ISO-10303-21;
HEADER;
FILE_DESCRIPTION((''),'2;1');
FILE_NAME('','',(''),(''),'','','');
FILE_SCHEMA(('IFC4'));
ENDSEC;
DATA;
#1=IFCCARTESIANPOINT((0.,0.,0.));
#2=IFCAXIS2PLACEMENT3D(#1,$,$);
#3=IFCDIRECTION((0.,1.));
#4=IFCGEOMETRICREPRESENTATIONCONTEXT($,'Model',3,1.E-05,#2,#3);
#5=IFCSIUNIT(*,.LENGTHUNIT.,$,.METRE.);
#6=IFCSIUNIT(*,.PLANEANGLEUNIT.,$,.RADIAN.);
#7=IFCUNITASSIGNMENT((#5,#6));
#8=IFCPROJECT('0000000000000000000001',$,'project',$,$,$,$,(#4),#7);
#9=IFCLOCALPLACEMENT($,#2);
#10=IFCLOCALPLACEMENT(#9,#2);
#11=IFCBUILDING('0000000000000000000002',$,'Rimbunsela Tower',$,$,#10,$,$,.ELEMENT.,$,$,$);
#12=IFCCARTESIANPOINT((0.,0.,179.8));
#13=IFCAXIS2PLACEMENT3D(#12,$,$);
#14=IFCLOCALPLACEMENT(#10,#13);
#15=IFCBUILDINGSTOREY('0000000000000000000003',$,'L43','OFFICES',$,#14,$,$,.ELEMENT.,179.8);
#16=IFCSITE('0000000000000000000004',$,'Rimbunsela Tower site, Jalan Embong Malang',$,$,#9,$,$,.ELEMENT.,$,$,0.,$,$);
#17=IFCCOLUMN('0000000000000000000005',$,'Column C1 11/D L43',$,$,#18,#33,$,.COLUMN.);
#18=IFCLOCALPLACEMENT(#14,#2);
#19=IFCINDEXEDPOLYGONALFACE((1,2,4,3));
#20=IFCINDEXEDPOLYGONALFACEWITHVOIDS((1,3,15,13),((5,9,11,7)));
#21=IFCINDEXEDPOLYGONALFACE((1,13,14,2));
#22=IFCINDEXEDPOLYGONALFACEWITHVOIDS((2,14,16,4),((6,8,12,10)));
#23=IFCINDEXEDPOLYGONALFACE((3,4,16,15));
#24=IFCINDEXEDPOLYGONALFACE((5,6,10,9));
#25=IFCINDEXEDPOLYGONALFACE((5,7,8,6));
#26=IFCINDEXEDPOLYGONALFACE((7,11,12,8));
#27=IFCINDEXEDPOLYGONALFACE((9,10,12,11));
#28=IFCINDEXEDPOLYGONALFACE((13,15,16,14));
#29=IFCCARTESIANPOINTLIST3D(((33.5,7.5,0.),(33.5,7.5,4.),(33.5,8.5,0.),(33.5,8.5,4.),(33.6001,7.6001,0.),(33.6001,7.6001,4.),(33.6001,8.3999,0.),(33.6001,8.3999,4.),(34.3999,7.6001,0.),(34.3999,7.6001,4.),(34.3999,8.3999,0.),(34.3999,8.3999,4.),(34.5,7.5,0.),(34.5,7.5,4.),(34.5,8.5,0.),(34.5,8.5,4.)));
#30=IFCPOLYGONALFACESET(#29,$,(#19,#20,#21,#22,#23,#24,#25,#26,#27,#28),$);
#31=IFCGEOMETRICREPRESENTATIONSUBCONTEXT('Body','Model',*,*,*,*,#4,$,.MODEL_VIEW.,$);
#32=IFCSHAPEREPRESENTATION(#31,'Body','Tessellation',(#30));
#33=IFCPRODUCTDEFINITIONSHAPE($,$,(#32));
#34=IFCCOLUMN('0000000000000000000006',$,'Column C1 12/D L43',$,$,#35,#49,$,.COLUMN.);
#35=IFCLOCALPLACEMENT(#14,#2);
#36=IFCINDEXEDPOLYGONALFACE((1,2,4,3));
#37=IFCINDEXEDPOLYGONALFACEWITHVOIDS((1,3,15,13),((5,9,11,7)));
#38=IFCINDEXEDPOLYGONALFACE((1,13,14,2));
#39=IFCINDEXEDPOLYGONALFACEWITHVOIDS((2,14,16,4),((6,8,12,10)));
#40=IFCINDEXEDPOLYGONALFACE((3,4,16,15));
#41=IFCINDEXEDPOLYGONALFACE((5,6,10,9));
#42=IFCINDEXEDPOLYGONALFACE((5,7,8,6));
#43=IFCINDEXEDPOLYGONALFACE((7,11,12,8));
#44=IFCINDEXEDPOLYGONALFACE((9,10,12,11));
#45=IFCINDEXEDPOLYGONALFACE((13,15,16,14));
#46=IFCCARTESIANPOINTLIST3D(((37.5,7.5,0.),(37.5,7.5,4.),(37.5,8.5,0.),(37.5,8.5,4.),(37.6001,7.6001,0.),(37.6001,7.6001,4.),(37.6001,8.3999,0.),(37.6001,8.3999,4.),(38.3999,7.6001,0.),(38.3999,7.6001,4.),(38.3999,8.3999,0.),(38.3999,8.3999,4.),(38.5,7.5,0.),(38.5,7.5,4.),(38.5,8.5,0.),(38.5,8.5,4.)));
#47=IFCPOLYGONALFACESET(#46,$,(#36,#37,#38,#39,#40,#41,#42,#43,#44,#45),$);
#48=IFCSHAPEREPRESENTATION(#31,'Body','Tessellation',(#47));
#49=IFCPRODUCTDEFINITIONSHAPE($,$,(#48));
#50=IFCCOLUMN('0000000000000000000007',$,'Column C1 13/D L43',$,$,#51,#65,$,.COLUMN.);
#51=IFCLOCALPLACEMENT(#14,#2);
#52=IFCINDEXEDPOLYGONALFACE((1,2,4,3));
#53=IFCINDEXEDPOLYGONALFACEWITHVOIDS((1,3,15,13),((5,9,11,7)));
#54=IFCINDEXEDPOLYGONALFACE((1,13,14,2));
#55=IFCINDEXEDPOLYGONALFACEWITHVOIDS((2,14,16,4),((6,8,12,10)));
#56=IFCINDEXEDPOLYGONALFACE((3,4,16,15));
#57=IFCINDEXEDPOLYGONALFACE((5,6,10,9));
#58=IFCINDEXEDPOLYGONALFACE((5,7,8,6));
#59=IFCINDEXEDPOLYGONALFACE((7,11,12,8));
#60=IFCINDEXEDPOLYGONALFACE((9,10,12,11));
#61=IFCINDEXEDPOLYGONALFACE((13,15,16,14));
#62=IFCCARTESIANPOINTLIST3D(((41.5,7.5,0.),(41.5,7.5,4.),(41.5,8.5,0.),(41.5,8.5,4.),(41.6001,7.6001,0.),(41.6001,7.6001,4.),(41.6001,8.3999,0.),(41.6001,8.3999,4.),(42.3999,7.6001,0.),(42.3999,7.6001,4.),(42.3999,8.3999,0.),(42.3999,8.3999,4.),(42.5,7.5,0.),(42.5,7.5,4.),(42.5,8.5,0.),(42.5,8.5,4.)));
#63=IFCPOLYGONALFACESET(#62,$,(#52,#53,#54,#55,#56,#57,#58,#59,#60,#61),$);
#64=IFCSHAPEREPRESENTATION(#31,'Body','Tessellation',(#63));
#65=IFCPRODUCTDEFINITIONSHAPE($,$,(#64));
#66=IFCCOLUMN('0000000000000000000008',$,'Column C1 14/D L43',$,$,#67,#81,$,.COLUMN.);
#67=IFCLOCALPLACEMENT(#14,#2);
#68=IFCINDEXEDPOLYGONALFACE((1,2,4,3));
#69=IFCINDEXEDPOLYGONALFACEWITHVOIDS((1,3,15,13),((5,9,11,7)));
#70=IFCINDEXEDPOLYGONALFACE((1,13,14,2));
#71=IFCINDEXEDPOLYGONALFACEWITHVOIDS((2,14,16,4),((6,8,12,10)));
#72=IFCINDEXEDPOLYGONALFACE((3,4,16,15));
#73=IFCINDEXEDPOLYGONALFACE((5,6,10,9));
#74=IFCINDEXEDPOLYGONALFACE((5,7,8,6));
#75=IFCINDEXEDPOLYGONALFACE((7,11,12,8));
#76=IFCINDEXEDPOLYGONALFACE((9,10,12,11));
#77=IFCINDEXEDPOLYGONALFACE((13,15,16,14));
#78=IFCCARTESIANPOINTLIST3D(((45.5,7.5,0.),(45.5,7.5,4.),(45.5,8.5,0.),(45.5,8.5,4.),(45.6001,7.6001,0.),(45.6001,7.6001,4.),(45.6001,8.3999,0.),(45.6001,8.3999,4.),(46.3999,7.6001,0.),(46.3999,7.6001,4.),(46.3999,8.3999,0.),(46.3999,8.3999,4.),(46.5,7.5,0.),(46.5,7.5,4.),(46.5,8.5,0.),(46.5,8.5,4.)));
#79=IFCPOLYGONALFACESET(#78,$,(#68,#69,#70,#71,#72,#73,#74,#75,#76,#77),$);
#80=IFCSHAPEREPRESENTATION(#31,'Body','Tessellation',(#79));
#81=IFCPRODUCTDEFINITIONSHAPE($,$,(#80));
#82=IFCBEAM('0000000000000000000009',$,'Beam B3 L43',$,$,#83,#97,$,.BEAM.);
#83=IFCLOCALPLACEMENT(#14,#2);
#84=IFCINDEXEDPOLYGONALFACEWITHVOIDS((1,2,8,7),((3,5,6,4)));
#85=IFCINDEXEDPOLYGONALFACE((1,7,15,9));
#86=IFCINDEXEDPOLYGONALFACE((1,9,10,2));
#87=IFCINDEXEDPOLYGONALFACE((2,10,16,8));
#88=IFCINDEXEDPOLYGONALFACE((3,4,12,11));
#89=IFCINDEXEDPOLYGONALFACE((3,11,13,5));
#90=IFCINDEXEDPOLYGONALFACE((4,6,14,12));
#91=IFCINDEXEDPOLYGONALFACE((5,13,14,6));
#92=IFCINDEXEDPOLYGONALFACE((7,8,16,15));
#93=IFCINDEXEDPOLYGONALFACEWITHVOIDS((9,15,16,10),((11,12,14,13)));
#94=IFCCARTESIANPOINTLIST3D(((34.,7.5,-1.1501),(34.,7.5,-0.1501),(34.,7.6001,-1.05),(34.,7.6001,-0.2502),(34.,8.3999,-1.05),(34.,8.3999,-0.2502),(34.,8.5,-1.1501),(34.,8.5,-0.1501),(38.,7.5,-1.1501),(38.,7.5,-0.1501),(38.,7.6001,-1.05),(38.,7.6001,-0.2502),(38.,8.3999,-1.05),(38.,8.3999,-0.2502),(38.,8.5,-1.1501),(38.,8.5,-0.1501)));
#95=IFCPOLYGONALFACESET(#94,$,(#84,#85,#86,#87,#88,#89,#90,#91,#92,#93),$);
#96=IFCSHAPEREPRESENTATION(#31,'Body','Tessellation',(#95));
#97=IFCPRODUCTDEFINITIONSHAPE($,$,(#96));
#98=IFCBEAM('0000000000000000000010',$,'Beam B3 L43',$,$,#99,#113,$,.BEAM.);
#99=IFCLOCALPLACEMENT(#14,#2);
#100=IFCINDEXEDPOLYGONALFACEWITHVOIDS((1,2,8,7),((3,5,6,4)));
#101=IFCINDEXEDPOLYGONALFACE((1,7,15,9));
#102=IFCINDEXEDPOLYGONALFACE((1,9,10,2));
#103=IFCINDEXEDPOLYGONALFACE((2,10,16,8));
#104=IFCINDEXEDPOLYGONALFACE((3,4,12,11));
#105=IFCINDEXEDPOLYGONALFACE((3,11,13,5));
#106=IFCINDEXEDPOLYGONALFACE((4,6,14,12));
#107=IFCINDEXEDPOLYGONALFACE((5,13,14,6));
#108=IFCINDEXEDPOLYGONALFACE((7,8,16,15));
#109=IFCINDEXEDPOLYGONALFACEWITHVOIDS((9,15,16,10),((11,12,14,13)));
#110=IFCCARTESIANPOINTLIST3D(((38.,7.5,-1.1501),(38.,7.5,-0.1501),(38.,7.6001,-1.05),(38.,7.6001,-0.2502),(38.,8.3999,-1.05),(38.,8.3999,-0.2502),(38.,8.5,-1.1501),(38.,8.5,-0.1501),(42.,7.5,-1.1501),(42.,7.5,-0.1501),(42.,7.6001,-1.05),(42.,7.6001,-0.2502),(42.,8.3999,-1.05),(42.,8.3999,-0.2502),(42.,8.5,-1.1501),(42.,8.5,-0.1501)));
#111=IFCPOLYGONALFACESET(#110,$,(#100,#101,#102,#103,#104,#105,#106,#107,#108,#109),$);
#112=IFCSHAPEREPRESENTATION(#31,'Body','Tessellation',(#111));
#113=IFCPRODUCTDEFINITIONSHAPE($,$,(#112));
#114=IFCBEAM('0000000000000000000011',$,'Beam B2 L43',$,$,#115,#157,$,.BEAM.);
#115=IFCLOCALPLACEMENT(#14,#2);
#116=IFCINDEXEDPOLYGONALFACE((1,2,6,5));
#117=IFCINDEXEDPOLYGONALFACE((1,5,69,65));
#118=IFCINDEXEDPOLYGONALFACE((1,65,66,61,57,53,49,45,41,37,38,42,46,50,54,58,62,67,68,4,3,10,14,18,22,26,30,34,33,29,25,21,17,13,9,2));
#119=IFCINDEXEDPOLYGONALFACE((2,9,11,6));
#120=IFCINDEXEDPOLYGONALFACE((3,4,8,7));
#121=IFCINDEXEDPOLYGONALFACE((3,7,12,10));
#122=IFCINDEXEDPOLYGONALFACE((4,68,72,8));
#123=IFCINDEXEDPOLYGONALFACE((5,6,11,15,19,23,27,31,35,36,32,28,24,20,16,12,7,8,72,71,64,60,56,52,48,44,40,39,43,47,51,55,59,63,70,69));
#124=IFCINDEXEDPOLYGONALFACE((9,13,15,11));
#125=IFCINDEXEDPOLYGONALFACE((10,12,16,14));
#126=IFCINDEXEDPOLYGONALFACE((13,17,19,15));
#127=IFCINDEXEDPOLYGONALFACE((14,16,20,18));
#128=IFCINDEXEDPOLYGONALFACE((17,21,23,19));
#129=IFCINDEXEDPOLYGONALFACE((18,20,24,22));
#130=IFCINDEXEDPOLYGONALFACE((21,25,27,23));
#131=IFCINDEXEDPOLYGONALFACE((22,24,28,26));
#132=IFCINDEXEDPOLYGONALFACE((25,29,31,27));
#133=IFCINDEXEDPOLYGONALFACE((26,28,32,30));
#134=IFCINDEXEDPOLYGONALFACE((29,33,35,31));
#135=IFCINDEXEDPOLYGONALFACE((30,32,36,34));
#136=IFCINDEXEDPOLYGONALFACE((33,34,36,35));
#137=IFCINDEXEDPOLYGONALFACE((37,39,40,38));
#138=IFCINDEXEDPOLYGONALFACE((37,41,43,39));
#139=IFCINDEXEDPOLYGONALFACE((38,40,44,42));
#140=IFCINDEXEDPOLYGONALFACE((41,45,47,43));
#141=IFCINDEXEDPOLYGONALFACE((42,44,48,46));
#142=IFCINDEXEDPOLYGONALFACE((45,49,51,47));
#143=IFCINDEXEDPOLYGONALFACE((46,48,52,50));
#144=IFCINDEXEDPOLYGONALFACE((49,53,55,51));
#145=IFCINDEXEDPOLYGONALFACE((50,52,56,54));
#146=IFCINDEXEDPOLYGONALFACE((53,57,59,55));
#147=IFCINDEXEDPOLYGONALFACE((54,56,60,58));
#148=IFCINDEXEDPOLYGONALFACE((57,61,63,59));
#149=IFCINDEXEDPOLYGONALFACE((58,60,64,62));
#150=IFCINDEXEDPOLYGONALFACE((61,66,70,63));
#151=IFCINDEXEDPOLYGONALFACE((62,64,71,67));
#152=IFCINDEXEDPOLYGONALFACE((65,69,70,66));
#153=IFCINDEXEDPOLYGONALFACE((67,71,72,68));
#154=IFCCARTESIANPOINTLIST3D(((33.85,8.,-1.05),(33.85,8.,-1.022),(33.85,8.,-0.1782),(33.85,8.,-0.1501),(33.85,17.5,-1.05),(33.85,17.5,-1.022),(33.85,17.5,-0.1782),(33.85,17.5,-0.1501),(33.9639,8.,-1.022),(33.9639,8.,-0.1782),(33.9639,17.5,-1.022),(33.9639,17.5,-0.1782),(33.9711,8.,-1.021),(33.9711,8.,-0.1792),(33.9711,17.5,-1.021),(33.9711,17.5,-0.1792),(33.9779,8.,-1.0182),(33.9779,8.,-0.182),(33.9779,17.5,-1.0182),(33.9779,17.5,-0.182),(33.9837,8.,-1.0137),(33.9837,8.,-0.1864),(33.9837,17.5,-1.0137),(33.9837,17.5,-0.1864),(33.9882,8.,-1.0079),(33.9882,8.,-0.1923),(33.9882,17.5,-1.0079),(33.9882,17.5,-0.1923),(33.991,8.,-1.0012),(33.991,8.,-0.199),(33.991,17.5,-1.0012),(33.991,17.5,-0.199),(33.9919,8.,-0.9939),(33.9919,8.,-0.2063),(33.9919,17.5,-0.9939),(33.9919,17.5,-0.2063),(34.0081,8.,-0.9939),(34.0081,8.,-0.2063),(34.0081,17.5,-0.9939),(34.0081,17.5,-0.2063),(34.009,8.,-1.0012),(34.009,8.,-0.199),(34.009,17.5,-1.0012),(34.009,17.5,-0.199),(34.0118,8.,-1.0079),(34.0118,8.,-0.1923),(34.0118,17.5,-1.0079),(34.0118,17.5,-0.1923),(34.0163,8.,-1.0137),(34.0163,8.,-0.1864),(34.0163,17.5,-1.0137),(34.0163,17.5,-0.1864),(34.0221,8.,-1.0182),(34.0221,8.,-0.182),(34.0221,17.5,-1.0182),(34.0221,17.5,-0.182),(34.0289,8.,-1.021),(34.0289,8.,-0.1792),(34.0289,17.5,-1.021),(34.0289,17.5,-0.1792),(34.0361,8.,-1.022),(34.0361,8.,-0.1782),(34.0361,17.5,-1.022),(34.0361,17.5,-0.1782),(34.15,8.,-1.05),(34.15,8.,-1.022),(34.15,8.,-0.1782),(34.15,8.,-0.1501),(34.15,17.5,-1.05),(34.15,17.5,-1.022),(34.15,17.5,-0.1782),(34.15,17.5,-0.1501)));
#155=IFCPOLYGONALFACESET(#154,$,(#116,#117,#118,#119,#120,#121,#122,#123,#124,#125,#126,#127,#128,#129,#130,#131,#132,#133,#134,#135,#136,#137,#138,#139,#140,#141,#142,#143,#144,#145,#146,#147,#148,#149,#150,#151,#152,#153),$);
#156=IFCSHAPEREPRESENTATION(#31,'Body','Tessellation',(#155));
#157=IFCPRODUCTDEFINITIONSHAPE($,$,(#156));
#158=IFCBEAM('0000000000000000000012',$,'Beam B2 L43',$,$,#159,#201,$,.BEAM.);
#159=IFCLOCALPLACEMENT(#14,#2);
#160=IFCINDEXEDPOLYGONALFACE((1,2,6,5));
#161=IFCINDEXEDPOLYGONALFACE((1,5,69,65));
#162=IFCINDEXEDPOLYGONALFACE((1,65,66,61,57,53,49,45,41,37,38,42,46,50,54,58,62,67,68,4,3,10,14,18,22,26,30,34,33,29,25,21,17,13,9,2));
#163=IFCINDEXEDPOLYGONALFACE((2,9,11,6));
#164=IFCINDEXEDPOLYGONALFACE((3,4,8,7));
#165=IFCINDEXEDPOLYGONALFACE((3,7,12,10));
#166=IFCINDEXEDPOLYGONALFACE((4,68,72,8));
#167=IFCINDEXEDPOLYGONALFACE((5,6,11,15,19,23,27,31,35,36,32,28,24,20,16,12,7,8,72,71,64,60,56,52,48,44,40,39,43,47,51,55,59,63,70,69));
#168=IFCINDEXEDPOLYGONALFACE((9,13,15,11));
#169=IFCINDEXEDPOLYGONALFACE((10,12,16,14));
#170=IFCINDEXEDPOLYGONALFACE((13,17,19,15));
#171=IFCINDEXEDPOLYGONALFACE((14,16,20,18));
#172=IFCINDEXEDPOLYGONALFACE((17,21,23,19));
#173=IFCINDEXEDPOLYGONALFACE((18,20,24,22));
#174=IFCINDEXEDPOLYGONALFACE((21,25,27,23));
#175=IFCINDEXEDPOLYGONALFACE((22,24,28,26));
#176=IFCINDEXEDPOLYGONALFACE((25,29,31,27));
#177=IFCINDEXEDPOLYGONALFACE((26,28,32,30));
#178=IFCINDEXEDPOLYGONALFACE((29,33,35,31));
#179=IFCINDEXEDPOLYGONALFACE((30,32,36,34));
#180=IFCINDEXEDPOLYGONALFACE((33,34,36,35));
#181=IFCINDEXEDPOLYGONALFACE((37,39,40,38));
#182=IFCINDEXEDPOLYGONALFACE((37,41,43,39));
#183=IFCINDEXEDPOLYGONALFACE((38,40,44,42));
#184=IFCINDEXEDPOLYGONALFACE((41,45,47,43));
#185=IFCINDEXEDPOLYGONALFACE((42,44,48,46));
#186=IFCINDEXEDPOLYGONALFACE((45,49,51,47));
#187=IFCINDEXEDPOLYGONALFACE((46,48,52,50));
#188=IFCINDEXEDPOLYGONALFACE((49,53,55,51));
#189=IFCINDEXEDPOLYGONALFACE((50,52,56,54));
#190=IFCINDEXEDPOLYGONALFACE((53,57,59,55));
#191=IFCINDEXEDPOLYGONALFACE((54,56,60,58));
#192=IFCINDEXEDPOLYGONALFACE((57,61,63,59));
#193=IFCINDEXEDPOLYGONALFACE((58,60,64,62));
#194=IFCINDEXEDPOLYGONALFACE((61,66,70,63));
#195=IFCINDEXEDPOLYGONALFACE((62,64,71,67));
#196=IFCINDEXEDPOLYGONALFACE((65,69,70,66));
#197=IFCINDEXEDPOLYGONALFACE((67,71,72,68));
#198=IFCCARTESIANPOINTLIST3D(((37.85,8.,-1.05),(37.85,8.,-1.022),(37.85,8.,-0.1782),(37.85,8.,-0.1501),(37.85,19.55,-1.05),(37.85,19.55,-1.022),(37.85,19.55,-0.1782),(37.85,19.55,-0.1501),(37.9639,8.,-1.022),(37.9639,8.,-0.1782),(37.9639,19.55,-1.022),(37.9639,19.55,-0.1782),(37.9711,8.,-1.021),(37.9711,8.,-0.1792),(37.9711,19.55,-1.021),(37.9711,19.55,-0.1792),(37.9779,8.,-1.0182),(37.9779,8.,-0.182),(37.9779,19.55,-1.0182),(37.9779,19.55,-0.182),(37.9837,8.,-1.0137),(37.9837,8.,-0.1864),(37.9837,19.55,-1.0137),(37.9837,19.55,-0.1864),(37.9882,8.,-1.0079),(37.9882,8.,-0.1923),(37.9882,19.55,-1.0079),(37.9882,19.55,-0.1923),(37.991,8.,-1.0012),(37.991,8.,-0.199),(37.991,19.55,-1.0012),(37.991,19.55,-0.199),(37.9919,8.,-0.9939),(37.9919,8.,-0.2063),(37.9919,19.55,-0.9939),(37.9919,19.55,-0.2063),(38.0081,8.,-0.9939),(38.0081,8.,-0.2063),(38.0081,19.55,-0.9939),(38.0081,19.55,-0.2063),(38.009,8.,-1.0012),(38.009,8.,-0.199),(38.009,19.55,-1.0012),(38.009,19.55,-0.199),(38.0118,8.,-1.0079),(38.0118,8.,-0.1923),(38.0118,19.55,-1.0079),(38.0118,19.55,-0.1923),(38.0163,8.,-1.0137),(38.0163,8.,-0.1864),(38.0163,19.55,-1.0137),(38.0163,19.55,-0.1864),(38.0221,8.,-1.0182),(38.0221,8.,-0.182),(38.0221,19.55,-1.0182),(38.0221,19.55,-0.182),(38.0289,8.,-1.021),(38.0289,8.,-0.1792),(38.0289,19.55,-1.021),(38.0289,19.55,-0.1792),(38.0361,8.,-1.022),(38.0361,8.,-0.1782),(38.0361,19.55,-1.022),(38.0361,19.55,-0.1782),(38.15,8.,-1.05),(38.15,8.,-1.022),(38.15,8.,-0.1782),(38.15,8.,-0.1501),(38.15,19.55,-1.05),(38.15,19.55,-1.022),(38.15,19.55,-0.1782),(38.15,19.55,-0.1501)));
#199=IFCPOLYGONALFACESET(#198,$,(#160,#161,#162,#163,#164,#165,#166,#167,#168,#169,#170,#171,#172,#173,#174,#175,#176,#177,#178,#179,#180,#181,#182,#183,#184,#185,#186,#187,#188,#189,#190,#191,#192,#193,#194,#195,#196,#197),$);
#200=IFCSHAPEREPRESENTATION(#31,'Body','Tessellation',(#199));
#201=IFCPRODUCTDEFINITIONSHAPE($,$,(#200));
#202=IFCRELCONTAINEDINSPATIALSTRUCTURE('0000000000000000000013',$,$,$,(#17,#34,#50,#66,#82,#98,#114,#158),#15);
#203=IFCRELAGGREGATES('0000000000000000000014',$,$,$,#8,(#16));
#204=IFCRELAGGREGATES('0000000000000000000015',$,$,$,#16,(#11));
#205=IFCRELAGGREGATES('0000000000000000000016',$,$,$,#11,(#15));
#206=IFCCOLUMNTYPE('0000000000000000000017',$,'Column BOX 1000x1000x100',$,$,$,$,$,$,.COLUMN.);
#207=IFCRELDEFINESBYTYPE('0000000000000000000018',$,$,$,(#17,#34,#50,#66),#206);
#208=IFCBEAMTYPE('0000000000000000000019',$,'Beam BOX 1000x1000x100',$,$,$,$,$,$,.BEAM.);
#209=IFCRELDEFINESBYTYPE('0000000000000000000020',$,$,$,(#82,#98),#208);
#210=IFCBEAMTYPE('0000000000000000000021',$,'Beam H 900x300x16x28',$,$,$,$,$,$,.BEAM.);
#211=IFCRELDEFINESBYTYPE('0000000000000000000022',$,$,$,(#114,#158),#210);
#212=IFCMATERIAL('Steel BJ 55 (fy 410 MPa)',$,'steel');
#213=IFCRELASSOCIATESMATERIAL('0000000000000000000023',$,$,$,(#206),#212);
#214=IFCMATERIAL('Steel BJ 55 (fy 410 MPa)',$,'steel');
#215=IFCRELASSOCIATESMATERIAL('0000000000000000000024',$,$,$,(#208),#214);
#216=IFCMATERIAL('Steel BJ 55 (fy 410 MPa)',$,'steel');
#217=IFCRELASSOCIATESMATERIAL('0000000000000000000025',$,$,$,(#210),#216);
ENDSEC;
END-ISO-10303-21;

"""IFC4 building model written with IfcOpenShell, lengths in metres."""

from ifc_helpers import new_model, si_unit, direction, frame, origin, origin_2d, place, context, subcontext, project, spatial, hollow_rectangle, i_section, extrude, material, material_profile, profile_set, type_object, element, save


model = new_model("IFC4")

# Units and contexts
model_context = context("Model", 3, precision=1e-05, world=origin(), true_north=direction((0.0, 1.0)))
body_context = subcontext(model_context, "Body", "Model", "MODEL_VIEW")
ifc_project = project(units=[si_unit("LENGTHUNIT", "METRE"), si_unit("PLANEANGLEUNIT", "RADIAN")], contexts=[model_context])

# Site, building, storey
site_placement = place(None, origin())
site = spatial("IfcSite", under=ifc_project, at=site_placement, Name="Rimbunsela Tower site, Jalan Embong Malang", CompositionType="ELEMENT", RefElevation=0.0)
building_placement = place(site_placement, origin())
building = spatial("IfcBuilding", under=site, at=building_placement, Name="Rimbunsela Tower", CompositionType="ELEMENT")
storey_placement = place(building_placement, frame((0.0, 0.0, 179.8)))
storey = spatial("IfcBuildingStorey", under=building, at=storey_placement, Name="L43", Description="OFFICES", CompositionType="ELEMENT", Elevation=179.8)

# Columns
ifc_material_1 = material(Name="Steel BJ 55 (fy 410 MPa)", Category="steel")
ifc_material_profile_1 = material_profile(ifc_material_1, hollow_rectangle(XDim=1.0, YDim=1.0, WallThickness=0.1001, at=origin_2d()), Name="BOX 1000x1000x100")
ifc_profile_set_1 = profile_set([ifc_material_profile_1], Name="Steel BJ 55 (fy 410 MPa)")
column_type = type_object("IfcColumnType", Name="Column BOX 1000x1000x100", PredefinedType="COLUMN", material=ifc_profile_set_1)
for number, where, z_axis, x_axis, name in (
    (1, (34.0, 8.0, 0.0), (0.0, 0.0, 1.0), (1.0, 0.0, 0.0), "Column C1 11/D L43"),
    (2, (38.0, 8.0, 0.0), (0.0, 0.0, 1.0), (1.0, 0.0, 0.0), "Column C1 12/D L43"),
    (3, (42.0, 8.0, 0.0), (0.0, 0.0, 1.0), (1.0, 0.0, 0.0), "Column C1 13/D L43"),
    (4, (46.0, 8.0, 0.0), (0.0, 0.0, 1.0), (1.0, 0.0, 0.0), "Column C1 14/D L43"),
):
    element("IfcColumn", number, at=place(storey_placement, frame(where, z_axis=z_axis, x_axis=x_axis)), inside=storey, type_object=column_type, Name=name, PredefinedType="COLUMN", context=body_context, shape_type="SweptSolid", body=[
        extrude(hollow_rectangle(XDim=1.0, YDim=1.0, WallThickness=0.1001, at=origin_2d()), origin(), (0.0, 0.0, 1.0), 4.0),
    ])

# Beams
ifc_material_2 = material(Name="Steel BJ 55 (fy 410 MPa)", Category="steel")
ifc_material_profile_2 = material_profile(ifc_material_2, hollow_rectangle(XDim=1.0, YDim=1.0, WallThickness=0.1001, at=origin_2d()), Name="BOX 1000x1000x100")
ifc_profile_set_2 = profile_set([ifc_material_profile_2], Name="Steel BJ 55 (fy 410 MPa)")
beam_type_1 = type_object("IfcBeamType", Name="Beam BOX 1000x1000x100", PredefinedType="BEAM", material=ifc_profile_set_2)
for number, where, z_axis, x_axis, name in (
    (5, (34.0, 8.0, -0.6501), (1.0, 0.0, 0.0), (0.0, 1.0, 0.0), "Beam B3 L43"),
    (6, (38.0, 8.0, -0.6501), (1.0, 0.0, 0.0), (0.0, 1.0, 0.0), "Beam B3 L43"),
):
    element("IfcBeam", number, at=place(storey_placement, frame(where, z_axis=z_axis, x_axis=x_axis)), inside=storey, type_object=beam_type_1, Name=name, PredefinedType="BEAM", context=body_context, shape_type="SweptSolid", body=[
        extrude(hollow_rectangle(XDim=1.0, YDim=1.0, WallThickness=0.1001, at=origin_2d()), origin(), (0.0, 0.0, 1.0), 4.0),
    ])
ifc_material_3 = material(Name="Steel BJ 55 (fy 410 MPa)", Category="steel")
ifc_material_profile_3 = material_profile(ifc_material_3, i_section(OverallWidth=0.3, OverallDepth=0.8999, WebThickness=0.0161, FlangeThickness=0.0281, FilletRadius=0.0281, at=origin_2d()), Name="H 900x300x16x28")
ifc_profile_set_3 = profile_set([ifc_material_profile_3], Name="Steel BJ 55 (fy 410 MPa)")
beam_type_2 = type_object("IfcBeamType", Name="Beam H 900x300x16x28", PredefinedType="BEAM", material=ifc_profile_set_3)
beam_placement = place(storey_placement, frame((34.0, 8.0, -0.6001), z_axis=(0.0, 1.0, 0.0), x_axis=(-1.0, 0.0, 0.0)))
element("IfcBeam", 7, at=beam_placement, inside=storey, type_object=beam_type_2, Name="Beam B2 L43", PredefinedType="BEAM", context=body_context, shape_type="SweptSolid", body=[
    extrude(i_section(OverallWidth=0.3, OverallDepth=0.8999, WebThickness=0.0161, FlangeThickness=0.0281, FilletRadius=0.0281, at=origin_2d()), origin(), (0.0, 0.0, 1.0), 9.5),
])
for number, where, z_axis, x_axis, name in (
    (8, (38.0, 8.0, -0.6001), (0.0, 1.0, 0.0), (-1.0, 0.0, 0.0), "Beam B2 L43"),
):
    element("IfcBeam", number, at=place(storey_placement, frame(where, z_axis=z_axis, x_axis=x_axis)), inside=storey, type_object=beam_type_2, Name=name, PredefinedType="BEAM", context=body_context, shape_type="SweptSolid", body=[
        extrude(i_section(OverallWidth=0.3, OverallDepth=0.8999, WebThickness=0.0161, FlangeThickness=0.0281, FilletRadius=0.0281, at=origin_2d()), origin(), (0.0, 0.0, 1.0), 11.55),
    ])

save(model, "model.ifc")
